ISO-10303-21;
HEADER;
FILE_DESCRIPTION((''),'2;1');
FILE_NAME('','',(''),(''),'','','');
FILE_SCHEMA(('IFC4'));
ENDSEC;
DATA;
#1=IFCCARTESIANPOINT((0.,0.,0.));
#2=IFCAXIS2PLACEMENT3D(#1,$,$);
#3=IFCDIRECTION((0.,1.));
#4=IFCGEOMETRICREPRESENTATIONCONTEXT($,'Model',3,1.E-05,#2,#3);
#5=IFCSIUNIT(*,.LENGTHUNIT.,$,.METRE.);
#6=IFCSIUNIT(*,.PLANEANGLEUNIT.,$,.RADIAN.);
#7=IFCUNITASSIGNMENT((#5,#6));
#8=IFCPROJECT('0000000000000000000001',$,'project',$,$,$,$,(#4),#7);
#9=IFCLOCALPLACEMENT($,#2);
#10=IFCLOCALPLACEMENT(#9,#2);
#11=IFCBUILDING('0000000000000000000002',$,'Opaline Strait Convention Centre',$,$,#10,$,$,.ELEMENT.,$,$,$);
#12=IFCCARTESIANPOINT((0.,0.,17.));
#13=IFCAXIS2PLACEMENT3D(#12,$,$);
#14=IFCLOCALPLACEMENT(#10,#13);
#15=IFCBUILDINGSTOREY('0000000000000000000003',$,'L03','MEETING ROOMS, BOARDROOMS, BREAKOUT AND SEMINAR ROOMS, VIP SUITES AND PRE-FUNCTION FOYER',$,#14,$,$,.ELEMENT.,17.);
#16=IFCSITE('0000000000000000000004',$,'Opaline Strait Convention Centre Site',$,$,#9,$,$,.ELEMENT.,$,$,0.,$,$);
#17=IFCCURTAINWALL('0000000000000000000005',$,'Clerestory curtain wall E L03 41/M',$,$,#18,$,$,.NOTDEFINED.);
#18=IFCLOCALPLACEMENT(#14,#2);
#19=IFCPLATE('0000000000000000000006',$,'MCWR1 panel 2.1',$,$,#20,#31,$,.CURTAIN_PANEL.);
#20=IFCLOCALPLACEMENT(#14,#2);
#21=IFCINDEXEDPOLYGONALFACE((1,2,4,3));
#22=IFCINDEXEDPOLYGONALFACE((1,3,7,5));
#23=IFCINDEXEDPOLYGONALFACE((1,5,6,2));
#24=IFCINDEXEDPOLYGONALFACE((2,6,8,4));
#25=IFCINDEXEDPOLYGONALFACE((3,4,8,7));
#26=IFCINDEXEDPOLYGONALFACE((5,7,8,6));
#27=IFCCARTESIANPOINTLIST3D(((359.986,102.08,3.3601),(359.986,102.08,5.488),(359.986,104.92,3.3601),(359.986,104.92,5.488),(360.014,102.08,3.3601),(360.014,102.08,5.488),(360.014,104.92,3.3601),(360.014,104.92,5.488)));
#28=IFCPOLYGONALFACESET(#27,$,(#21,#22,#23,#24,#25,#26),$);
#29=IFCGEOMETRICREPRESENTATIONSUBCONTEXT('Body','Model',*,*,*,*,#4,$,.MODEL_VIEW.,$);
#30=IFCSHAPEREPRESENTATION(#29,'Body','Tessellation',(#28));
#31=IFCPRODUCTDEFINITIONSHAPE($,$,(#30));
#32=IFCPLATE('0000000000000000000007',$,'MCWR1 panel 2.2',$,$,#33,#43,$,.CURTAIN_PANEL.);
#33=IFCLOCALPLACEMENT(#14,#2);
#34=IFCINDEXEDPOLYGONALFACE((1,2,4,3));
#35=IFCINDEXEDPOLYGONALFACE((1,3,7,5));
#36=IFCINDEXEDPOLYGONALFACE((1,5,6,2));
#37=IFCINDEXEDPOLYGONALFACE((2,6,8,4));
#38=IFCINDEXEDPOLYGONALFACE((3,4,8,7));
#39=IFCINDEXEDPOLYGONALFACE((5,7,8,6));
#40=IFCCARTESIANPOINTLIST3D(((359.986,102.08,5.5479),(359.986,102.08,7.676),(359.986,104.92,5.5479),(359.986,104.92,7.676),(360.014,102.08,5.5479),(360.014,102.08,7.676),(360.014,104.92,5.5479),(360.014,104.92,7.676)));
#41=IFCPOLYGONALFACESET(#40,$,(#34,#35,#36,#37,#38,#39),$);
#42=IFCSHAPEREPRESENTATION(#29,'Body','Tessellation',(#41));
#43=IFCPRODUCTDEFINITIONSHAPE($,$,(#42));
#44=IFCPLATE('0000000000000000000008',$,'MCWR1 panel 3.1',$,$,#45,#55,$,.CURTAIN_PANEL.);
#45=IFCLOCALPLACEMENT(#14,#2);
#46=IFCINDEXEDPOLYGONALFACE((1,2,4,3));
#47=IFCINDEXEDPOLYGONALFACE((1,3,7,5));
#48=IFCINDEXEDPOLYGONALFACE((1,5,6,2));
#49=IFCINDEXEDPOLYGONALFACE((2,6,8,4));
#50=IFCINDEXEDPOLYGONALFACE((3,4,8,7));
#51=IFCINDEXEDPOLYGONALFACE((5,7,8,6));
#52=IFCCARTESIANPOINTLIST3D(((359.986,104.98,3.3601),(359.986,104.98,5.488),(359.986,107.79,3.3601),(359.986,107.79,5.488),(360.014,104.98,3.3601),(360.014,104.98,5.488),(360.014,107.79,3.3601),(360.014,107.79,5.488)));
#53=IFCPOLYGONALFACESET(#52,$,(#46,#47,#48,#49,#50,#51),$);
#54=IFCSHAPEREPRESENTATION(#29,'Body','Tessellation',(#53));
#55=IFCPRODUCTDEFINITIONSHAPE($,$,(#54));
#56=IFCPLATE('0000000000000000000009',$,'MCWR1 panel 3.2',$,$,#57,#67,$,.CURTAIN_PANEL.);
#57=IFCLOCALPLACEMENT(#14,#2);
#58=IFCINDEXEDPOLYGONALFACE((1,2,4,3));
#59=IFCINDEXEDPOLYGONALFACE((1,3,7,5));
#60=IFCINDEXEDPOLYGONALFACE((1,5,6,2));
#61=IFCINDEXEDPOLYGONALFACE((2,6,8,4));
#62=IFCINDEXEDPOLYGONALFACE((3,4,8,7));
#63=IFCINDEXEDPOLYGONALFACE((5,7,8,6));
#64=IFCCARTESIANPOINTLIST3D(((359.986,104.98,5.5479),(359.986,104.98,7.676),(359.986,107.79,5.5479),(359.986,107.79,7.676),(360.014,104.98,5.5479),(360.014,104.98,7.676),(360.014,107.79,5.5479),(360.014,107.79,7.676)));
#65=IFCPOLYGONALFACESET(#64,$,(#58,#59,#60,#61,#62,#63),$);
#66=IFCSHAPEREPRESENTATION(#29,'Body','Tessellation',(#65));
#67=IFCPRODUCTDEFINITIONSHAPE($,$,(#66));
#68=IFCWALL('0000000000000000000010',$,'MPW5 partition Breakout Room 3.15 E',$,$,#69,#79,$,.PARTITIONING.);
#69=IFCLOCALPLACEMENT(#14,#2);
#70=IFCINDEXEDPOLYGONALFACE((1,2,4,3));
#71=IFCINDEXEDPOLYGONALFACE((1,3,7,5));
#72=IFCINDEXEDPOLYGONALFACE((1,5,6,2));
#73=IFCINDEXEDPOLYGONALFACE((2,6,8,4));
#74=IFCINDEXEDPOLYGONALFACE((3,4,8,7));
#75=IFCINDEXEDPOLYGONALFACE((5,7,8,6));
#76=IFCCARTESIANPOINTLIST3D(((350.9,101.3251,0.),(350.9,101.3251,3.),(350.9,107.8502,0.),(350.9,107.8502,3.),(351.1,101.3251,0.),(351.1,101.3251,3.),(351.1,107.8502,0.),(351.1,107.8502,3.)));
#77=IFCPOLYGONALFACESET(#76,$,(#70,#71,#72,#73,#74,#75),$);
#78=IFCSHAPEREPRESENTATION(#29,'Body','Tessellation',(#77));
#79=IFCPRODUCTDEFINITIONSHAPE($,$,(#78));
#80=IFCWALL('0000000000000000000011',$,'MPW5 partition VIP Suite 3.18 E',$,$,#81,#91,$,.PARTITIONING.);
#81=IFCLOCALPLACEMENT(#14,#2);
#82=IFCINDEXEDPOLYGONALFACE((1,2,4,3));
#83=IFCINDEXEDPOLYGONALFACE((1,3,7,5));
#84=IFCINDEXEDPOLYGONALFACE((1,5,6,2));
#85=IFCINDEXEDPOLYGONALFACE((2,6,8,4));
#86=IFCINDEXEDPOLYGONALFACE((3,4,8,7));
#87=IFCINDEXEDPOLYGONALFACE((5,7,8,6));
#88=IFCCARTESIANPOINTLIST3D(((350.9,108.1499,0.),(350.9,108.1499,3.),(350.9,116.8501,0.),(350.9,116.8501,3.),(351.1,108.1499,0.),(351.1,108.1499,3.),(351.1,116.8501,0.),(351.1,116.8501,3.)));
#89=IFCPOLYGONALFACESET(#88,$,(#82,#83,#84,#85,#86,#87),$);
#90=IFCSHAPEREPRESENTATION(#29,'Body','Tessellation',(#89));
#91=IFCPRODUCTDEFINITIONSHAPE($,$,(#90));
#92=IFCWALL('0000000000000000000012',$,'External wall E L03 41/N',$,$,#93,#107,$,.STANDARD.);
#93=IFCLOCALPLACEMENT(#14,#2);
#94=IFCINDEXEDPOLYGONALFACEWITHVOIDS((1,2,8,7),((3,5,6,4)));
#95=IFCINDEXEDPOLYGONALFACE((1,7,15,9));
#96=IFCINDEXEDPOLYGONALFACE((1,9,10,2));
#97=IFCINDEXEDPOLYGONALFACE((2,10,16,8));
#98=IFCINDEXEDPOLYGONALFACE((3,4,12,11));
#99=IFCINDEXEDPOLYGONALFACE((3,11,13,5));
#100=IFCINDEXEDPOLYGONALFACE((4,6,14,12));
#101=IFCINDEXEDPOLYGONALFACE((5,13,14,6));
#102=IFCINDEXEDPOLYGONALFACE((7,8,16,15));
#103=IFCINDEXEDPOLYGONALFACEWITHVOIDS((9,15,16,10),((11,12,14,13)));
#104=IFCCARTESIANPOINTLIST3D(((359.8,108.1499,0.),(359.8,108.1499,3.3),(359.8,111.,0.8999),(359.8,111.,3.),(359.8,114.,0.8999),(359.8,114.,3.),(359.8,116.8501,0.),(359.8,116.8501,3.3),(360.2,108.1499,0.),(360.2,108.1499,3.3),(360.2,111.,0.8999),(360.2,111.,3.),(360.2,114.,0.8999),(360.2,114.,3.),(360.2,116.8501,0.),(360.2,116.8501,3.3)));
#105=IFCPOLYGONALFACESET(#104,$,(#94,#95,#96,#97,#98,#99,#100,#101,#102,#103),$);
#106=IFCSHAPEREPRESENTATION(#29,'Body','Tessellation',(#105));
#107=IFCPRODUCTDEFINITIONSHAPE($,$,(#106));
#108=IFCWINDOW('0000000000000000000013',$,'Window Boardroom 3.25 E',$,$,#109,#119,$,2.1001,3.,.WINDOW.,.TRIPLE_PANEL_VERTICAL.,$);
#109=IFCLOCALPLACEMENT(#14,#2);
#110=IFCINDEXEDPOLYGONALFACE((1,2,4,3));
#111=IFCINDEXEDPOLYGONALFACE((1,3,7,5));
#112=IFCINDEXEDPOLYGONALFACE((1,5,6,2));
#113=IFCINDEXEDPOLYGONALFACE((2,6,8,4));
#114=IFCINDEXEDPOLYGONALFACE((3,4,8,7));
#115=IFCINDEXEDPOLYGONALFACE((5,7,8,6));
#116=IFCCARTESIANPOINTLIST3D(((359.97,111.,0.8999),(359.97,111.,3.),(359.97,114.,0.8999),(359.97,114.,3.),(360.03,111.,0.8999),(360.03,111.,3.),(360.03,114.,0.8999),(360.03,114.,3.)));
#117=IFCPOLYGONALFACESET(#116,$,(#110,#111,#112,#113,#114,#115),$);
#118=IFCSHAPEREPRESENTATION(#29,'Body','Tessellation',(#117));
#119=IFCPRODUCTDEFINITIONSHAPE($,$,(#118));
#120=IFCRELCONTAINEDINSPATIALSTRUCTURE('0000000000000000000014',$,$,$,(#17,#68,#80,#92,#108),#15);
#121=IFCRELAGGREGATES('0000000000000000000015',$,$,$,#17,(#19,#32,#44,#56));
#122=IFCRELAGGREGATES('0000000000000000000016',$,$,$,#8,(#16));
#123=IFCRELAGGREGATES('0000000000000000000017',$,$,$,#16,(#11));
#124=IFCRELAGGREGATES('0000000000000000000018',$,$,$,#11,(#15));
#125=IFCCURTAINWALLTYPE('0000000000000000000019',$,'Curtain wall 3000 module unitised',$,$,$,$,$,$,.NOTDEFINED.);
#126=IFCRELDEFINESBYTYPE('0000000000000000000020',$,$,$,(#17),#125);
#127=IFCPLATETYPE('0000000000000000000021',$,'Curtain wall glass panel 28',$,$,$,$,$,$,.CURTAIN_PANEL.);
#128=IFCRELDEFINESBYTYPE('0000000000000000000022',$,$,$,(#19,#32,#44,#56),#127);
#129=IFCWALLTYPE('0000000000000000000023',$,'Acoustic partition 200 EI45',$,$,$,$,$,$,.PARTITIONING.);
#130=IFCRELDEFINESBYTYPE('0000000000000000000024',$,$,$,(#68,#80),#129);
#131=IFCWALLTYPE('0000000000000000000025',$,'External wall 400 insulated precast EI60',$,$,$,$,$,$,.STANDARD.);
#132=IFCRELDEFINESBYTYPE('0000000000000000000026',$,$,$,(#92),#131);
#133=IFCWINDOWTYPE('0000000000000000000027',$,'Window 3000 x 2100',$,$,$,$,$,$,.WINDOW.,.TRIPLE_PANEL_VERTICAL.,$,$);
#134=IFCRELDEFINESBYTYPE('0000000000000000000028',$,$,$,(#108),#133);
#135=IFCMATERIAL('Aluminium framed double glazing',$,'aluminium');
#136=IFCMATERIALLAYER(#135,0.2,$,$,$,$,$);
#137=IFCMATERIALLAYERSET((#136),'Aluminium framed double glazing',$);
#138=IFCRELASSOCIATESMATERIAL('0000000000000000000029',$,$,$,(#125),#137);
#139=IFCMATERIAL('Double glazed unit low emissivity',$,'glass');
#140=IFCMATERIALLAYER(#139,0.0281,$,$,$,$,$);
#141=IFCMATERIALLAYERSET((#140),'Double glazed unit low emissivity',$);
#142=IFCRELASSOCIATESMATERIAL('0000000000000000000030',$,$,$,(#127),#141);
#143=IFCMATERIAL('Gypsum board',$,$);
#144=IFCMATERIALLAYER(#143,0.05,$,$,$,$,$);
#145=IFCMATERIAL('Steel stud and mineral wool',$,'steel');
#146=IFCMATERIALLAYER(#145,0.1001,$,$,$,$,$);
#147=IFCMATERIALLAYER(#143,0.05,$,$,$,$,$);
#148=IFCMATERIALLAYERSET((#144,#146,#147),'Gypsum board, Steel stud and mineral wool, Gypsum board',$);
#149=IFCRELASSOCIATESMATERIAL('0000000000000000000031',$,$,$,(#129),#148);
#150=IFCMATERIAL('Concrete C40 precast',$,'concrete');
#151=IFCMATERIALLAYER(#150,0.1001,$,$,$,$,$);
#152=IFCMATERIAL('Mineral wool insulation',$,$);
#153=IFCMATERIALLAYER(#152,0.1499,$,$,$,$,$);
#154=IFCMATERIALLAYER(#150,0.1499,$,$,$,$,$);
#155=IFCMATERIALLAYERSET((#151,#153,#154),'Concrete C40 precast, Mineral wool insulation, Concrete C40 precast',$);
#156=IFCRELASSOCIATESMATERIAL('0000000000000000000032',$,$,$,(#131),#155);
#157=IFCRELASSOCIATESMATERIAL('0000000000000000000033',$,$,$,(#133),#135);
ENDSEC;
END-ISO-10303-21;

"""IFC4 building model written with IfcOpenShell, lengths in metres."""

from ifc_helpers import new_model, si_unit, direction, frame, frame_2d, origin, origin_2d, place, context, subcontext, project, spatial, rectangle, extrude, material, layer, layer_set, type_object, element, fill, aggregate, save


model = new_model("IFC4")

# Units and contexts
model_context = context("Model", 3, precision=1e-05, world=origin(), true_north=direction((0.0, 1.0)))
body_context = subcontext(model_context, "Body", "Model", "MODEL_VIEW")
ifc_project = project(units=[si_unit("LENGTHUNIT", "METRE"), si_unit("PLANEANGLEUNIT", "RADIAN")], contexts=[model_context])

# Site, building, storey
site_placement = place(None, origin())
site = spatial("IfcSite", under=ifc_project, at=site_placement, Name="Opaline Strait Convention Centre Site", CompositionType="ELEMENT", RefElevation=0.0)
building_placement = place(site_placement, origin())
building = spatial("IfcBuilding", under=site, at=building_placement, Name="Opaline Strait Convention Centre", CompositionType="ELEMENT")
storey_placement = place(building_placement, frame((0.0, 0.0, 17.0)))
storey = spatial("IfcBuildingStorey", under=building, at=storey_placement, Name="L03", Description="MEETING ROOMS, BOARDROOMS, BREAKOUT AND SEMINAR ROOMS, VIP SUITES AND PRE-FUNCTION FOYER", CompositionType="ELEMENT", Elevation=17.0)

# Curtain wall
ifc_material_1 = material(Name="Aluminium framed double glazing", Category="aluminium")
ifc_layer_1 = layer(ifc_material_1, 0.2)
ifc_layer_set_1 = layer_set([ifc_layer_1], Name="Aluminium framed double glazing")
curtain_wall_type = type_object("IfcCurtainWallType", Name="Curtain wall 3000 module unitised", PredefinedType="NOTDEFINED", material=ifc_layer_set_1)
curtain_wall_1_placement = place(storey_placement, origin())
curtain_wall_1 = element("IfcCurtainWall", 1, at=curtain_wall_1_placement, inside=storey, type_object=curtain_wall_type, Name="Clerestory curtain wall E L03 41/M", PredefinedType="NOTDEFINED")

# Plates
ifc_material_2 = material(Name="Double glazed unit low emissivity", Category="glass")
ifc_layer_2 = layer(ifc_material_2, 0.0281)
ifc_layer_set_2 = layer_set([ifc_layer_2], Name="Double glazed unit low emissivity")
plate_type = type_object("IfcPlateType", Name="Curtain wall glass panel 28", PredefinedType="CURTAIN_PANEL", material=ifc_layer_set_2)
plate_1_placement = place(storey_placement, frame((360.0, 103.5, 3.3601), z_axis=(0.0, 0.0, 1.0), x_axis=(0.0, 1.0, 0.0)))
plate_1 = element("IfcPlate", 2, at=plate_1_placement, type_object=plate_type, Name="MCWR1 panel 2.1", PredefinedType="CURTAIN_PANEL", context=body_context, shape_type="SweptSolid", body=[
    extrude(rectangle(XDim=2.8401, YDim=0.0281, at=origin_2d()), origin(), (0.0, 0.0, 1.0), 2.1279),
])
plate_2_placement = place(storey_placement, frame((360.0, 103.5, 5.5479), z_axis=(0.0, 0.0, 1.0), x_axis=(0.0, 1.0, 0.0)))
plate_2 = element("IfcPlate", 3, at=plate_2_placement, type_object=plate_type, Name="MCWR1 panel 2.2", PredefinedType="CURTAIN_PANEL", context=body_context, shape_type="SweptSolid", body=[
    extrude(rectangle(XDim=2.8401, YDim=0.0281, at=origin_2d()), origin(), (0.0, 0.0, 1.0), 2.1282),
])
plate_3_placement = place(storey_placement, frame((360.0, 106.385, 3.3601), z_axis=(0.0, 0.0, 1.0), x_axis=(0.0, 1.0, 0.0)))
plate_3 = element("IfcPlate", 4, at=plate_3_placement, type_object=plate_type, Name="MCWR1 panel 3.1", PredefinedType="CURTAIN_PANEL", context=body_context, shape_type="SweptSolid", body=[
    extrude(rectangle(XDim=2.8101, YDim=0.0281, at=origin_2d()), origin(), (0.0, 0.0, 1.0), 2.1279),
])
plate_4_placement = place(storey_placement, frame((360.0, 106.385, 5.5479), z_axis=(0.0, 0.0, 1.0), x_axis=(0.0, 1.0, 0.0)))
plate_4 = element("IfcPlate", 5, at=plate_4_placement, type_object=plate_type, Name="MCWR1 panel 3.2", PredefinedType="CURTAIN_PANEL", context=body_context, shape_type="SweptSolid", body=[
    extrude(rectangle(XDim=2.8101, YDim=0.0281, at=origin_2d()), origin(), (0.0, 0.0, 1.0), 2.1282),
])
aggregate(curtain_wall_1, [plate_1, plate_2, plate_3, plate_4])

# Walls
ifc_material_3 = material(Name="Gypsum board")
ifc_layer_3 = layer(ifc_material_3, 0.05)
ifc_material_4 = material(Name="Steel stud and mineral wool", Category="steel")
ifc_layer_4 = layer(ifc_material_4, 0.1001)
ifc_layer_5 = layer(ifc_material_3, 0.05)
ifc_layer_set_3 = layer_set([ifc_layer_3, ifc_layer_4, ifc_layer_5], Name="Gypsum board, Steel stud and mineral wool, Gypsum board")
wall_type_1 = type_object("IfcWallType", Name="Acoustic partition 200 EI45", PredefinedType="PARTITIONING", material=ifc_layer_set_3)
wall_1_placement = place(storey_placement, frame((351.0, 101.325, 0.0), z_axis=(0.0, 0.0, 1.0), x_axis=(0.0, 1.0, 0.0)))
element("IfcWall", 6, at=wall_1_placement, inside=storey, type_object=wall_type_1, Name="MPW5 partition Breakout Room 3.15 E", PredefinedType="PARTITIONING", context=body_context, shape_type="SweptSolid", body=[
    extrude(rectangle(XDim=6.5251, YDim=0.2, at=frame_2d((3.2627, 0.0))), origin(), (0.0, 0.0, 1.0), 3.0),
])
wall_2_placement = place(storey_placement, frame((351.0, 108.1499, 0.0), z_axis=(0.0, 0.0, 1.0), x_axis=(0.0, 1.0, 0.0)))
element("IfcWall", 7, at=wall_2_placement, inside=storey, type_object=wall_type_1, Name="MPW5 partition VIP Suite 3.18 E", PredefinedType="PARTITIONING", context=body_context, shape_type="SweptSolid", body=[
    extrude(rectangle(XDim=8.7002, YDim=0.2, at=frame_2d((4.3501, 0.0))), origin(), (0.0, 0.0, 1.0), 3.0),
])

# Wall, opening, window
ifc_material_5 = material(Name="Concrete C40 precast", Category="concrete")
ifc_layer_6 = layer(ifc_material_5, 0.1001)
ifc_material_6 = material(Name="Mineral wool insulation")
ifc_layer_7 = layer(ifc_material_6, 0.1499)
ifc_layer_8 = layer(ifc_material_5, 0.1499)
ifc_layer_set_4 = layer_set([ifc_layer_6, ifc_layer_7, ifc_layer_8], Name="Concrete C40 precast, Mineral wool insulation, Concrete C40 precast")
wall_type_2 = type_object("IfcWallType", Name="External wall 400 insulated precast EI60", PredefinedType="STANDARD", material=ifc_layer_set_4)
wall_3_placement = place(storey_placement, frame((360.0, 108.1499, 0.0), z_axis=(0.0, 0.0, 1.0), x_axis=(0.0, 1.0, 0.0)))
wall_3 = element("IfcWall", 8, at=wall_3_placement, inside=storey, type_object=wall_type_2, Name="External wall E L03 41/N", PredefinedType="STANDARD", context=body_context, shape_type="SweptSolid", body=[
    extrude(rectangle(XDim=8.7002, YDim=0.3999, at=frame_2d((4.3501, 0.0))), origin(), (0.0, 0.0, 1.0), 3.3),
])
opening_1_placement = place(wall_3_placement, frame((2.8501, 0.0, 0.8999)))
opening_1 = element("IfcOpeningElement", 9, at=opening_1_placement, cuts=wall_3, PredefinedType="OPENING", context=body_context, shape_type="SweptSolid", body=[
    extrude(rectangle(XDim=3.0, YDim=2.1001, at=frame_2d((1.5, 1.05))), frame((0.0, 0.21, 0.0), z_axis=(0.0, -1.0, 0.0), x_axis=(1.0, 0.0, 0.0)), (0.0, 0.0, 1.0), 0.4199),
])
window_type = type_object("IfcWindowType", Name="Window 3000 x 2100", PartitioningType="TRIPLE_PANEL_VERTICAL", PredefinedType="WINDOW", material=ifc_material_1)
window_placement = place(opening_1_placement, origin())
window = element("IfcWindow", 10, at=window_placement, inside=storey, type_object=window_type, Name="Window Boardroom 3.25 E", OverallHeight=2.1001, OverallWidth=3.0, PartitioningType="TRIPLE_PANEL_VERTICAL", PredefinedType="WINDOW", context=body_context, shape_type="SweptSolid", body=[
    extrude(rectangle(XDim=3.0, YDim=2.1001, at=frame_2d((1.5, 1.05))), frame((0.0, 0.03, 0.0), z_axis=(0.0, -1.0, 0.0), x_axis=(1.0, 0.0, 0.0)), (0.0, 0.0, 1.0), 0.0601),
])
fill(opening_1, window)

save(model, "model.ifc")
